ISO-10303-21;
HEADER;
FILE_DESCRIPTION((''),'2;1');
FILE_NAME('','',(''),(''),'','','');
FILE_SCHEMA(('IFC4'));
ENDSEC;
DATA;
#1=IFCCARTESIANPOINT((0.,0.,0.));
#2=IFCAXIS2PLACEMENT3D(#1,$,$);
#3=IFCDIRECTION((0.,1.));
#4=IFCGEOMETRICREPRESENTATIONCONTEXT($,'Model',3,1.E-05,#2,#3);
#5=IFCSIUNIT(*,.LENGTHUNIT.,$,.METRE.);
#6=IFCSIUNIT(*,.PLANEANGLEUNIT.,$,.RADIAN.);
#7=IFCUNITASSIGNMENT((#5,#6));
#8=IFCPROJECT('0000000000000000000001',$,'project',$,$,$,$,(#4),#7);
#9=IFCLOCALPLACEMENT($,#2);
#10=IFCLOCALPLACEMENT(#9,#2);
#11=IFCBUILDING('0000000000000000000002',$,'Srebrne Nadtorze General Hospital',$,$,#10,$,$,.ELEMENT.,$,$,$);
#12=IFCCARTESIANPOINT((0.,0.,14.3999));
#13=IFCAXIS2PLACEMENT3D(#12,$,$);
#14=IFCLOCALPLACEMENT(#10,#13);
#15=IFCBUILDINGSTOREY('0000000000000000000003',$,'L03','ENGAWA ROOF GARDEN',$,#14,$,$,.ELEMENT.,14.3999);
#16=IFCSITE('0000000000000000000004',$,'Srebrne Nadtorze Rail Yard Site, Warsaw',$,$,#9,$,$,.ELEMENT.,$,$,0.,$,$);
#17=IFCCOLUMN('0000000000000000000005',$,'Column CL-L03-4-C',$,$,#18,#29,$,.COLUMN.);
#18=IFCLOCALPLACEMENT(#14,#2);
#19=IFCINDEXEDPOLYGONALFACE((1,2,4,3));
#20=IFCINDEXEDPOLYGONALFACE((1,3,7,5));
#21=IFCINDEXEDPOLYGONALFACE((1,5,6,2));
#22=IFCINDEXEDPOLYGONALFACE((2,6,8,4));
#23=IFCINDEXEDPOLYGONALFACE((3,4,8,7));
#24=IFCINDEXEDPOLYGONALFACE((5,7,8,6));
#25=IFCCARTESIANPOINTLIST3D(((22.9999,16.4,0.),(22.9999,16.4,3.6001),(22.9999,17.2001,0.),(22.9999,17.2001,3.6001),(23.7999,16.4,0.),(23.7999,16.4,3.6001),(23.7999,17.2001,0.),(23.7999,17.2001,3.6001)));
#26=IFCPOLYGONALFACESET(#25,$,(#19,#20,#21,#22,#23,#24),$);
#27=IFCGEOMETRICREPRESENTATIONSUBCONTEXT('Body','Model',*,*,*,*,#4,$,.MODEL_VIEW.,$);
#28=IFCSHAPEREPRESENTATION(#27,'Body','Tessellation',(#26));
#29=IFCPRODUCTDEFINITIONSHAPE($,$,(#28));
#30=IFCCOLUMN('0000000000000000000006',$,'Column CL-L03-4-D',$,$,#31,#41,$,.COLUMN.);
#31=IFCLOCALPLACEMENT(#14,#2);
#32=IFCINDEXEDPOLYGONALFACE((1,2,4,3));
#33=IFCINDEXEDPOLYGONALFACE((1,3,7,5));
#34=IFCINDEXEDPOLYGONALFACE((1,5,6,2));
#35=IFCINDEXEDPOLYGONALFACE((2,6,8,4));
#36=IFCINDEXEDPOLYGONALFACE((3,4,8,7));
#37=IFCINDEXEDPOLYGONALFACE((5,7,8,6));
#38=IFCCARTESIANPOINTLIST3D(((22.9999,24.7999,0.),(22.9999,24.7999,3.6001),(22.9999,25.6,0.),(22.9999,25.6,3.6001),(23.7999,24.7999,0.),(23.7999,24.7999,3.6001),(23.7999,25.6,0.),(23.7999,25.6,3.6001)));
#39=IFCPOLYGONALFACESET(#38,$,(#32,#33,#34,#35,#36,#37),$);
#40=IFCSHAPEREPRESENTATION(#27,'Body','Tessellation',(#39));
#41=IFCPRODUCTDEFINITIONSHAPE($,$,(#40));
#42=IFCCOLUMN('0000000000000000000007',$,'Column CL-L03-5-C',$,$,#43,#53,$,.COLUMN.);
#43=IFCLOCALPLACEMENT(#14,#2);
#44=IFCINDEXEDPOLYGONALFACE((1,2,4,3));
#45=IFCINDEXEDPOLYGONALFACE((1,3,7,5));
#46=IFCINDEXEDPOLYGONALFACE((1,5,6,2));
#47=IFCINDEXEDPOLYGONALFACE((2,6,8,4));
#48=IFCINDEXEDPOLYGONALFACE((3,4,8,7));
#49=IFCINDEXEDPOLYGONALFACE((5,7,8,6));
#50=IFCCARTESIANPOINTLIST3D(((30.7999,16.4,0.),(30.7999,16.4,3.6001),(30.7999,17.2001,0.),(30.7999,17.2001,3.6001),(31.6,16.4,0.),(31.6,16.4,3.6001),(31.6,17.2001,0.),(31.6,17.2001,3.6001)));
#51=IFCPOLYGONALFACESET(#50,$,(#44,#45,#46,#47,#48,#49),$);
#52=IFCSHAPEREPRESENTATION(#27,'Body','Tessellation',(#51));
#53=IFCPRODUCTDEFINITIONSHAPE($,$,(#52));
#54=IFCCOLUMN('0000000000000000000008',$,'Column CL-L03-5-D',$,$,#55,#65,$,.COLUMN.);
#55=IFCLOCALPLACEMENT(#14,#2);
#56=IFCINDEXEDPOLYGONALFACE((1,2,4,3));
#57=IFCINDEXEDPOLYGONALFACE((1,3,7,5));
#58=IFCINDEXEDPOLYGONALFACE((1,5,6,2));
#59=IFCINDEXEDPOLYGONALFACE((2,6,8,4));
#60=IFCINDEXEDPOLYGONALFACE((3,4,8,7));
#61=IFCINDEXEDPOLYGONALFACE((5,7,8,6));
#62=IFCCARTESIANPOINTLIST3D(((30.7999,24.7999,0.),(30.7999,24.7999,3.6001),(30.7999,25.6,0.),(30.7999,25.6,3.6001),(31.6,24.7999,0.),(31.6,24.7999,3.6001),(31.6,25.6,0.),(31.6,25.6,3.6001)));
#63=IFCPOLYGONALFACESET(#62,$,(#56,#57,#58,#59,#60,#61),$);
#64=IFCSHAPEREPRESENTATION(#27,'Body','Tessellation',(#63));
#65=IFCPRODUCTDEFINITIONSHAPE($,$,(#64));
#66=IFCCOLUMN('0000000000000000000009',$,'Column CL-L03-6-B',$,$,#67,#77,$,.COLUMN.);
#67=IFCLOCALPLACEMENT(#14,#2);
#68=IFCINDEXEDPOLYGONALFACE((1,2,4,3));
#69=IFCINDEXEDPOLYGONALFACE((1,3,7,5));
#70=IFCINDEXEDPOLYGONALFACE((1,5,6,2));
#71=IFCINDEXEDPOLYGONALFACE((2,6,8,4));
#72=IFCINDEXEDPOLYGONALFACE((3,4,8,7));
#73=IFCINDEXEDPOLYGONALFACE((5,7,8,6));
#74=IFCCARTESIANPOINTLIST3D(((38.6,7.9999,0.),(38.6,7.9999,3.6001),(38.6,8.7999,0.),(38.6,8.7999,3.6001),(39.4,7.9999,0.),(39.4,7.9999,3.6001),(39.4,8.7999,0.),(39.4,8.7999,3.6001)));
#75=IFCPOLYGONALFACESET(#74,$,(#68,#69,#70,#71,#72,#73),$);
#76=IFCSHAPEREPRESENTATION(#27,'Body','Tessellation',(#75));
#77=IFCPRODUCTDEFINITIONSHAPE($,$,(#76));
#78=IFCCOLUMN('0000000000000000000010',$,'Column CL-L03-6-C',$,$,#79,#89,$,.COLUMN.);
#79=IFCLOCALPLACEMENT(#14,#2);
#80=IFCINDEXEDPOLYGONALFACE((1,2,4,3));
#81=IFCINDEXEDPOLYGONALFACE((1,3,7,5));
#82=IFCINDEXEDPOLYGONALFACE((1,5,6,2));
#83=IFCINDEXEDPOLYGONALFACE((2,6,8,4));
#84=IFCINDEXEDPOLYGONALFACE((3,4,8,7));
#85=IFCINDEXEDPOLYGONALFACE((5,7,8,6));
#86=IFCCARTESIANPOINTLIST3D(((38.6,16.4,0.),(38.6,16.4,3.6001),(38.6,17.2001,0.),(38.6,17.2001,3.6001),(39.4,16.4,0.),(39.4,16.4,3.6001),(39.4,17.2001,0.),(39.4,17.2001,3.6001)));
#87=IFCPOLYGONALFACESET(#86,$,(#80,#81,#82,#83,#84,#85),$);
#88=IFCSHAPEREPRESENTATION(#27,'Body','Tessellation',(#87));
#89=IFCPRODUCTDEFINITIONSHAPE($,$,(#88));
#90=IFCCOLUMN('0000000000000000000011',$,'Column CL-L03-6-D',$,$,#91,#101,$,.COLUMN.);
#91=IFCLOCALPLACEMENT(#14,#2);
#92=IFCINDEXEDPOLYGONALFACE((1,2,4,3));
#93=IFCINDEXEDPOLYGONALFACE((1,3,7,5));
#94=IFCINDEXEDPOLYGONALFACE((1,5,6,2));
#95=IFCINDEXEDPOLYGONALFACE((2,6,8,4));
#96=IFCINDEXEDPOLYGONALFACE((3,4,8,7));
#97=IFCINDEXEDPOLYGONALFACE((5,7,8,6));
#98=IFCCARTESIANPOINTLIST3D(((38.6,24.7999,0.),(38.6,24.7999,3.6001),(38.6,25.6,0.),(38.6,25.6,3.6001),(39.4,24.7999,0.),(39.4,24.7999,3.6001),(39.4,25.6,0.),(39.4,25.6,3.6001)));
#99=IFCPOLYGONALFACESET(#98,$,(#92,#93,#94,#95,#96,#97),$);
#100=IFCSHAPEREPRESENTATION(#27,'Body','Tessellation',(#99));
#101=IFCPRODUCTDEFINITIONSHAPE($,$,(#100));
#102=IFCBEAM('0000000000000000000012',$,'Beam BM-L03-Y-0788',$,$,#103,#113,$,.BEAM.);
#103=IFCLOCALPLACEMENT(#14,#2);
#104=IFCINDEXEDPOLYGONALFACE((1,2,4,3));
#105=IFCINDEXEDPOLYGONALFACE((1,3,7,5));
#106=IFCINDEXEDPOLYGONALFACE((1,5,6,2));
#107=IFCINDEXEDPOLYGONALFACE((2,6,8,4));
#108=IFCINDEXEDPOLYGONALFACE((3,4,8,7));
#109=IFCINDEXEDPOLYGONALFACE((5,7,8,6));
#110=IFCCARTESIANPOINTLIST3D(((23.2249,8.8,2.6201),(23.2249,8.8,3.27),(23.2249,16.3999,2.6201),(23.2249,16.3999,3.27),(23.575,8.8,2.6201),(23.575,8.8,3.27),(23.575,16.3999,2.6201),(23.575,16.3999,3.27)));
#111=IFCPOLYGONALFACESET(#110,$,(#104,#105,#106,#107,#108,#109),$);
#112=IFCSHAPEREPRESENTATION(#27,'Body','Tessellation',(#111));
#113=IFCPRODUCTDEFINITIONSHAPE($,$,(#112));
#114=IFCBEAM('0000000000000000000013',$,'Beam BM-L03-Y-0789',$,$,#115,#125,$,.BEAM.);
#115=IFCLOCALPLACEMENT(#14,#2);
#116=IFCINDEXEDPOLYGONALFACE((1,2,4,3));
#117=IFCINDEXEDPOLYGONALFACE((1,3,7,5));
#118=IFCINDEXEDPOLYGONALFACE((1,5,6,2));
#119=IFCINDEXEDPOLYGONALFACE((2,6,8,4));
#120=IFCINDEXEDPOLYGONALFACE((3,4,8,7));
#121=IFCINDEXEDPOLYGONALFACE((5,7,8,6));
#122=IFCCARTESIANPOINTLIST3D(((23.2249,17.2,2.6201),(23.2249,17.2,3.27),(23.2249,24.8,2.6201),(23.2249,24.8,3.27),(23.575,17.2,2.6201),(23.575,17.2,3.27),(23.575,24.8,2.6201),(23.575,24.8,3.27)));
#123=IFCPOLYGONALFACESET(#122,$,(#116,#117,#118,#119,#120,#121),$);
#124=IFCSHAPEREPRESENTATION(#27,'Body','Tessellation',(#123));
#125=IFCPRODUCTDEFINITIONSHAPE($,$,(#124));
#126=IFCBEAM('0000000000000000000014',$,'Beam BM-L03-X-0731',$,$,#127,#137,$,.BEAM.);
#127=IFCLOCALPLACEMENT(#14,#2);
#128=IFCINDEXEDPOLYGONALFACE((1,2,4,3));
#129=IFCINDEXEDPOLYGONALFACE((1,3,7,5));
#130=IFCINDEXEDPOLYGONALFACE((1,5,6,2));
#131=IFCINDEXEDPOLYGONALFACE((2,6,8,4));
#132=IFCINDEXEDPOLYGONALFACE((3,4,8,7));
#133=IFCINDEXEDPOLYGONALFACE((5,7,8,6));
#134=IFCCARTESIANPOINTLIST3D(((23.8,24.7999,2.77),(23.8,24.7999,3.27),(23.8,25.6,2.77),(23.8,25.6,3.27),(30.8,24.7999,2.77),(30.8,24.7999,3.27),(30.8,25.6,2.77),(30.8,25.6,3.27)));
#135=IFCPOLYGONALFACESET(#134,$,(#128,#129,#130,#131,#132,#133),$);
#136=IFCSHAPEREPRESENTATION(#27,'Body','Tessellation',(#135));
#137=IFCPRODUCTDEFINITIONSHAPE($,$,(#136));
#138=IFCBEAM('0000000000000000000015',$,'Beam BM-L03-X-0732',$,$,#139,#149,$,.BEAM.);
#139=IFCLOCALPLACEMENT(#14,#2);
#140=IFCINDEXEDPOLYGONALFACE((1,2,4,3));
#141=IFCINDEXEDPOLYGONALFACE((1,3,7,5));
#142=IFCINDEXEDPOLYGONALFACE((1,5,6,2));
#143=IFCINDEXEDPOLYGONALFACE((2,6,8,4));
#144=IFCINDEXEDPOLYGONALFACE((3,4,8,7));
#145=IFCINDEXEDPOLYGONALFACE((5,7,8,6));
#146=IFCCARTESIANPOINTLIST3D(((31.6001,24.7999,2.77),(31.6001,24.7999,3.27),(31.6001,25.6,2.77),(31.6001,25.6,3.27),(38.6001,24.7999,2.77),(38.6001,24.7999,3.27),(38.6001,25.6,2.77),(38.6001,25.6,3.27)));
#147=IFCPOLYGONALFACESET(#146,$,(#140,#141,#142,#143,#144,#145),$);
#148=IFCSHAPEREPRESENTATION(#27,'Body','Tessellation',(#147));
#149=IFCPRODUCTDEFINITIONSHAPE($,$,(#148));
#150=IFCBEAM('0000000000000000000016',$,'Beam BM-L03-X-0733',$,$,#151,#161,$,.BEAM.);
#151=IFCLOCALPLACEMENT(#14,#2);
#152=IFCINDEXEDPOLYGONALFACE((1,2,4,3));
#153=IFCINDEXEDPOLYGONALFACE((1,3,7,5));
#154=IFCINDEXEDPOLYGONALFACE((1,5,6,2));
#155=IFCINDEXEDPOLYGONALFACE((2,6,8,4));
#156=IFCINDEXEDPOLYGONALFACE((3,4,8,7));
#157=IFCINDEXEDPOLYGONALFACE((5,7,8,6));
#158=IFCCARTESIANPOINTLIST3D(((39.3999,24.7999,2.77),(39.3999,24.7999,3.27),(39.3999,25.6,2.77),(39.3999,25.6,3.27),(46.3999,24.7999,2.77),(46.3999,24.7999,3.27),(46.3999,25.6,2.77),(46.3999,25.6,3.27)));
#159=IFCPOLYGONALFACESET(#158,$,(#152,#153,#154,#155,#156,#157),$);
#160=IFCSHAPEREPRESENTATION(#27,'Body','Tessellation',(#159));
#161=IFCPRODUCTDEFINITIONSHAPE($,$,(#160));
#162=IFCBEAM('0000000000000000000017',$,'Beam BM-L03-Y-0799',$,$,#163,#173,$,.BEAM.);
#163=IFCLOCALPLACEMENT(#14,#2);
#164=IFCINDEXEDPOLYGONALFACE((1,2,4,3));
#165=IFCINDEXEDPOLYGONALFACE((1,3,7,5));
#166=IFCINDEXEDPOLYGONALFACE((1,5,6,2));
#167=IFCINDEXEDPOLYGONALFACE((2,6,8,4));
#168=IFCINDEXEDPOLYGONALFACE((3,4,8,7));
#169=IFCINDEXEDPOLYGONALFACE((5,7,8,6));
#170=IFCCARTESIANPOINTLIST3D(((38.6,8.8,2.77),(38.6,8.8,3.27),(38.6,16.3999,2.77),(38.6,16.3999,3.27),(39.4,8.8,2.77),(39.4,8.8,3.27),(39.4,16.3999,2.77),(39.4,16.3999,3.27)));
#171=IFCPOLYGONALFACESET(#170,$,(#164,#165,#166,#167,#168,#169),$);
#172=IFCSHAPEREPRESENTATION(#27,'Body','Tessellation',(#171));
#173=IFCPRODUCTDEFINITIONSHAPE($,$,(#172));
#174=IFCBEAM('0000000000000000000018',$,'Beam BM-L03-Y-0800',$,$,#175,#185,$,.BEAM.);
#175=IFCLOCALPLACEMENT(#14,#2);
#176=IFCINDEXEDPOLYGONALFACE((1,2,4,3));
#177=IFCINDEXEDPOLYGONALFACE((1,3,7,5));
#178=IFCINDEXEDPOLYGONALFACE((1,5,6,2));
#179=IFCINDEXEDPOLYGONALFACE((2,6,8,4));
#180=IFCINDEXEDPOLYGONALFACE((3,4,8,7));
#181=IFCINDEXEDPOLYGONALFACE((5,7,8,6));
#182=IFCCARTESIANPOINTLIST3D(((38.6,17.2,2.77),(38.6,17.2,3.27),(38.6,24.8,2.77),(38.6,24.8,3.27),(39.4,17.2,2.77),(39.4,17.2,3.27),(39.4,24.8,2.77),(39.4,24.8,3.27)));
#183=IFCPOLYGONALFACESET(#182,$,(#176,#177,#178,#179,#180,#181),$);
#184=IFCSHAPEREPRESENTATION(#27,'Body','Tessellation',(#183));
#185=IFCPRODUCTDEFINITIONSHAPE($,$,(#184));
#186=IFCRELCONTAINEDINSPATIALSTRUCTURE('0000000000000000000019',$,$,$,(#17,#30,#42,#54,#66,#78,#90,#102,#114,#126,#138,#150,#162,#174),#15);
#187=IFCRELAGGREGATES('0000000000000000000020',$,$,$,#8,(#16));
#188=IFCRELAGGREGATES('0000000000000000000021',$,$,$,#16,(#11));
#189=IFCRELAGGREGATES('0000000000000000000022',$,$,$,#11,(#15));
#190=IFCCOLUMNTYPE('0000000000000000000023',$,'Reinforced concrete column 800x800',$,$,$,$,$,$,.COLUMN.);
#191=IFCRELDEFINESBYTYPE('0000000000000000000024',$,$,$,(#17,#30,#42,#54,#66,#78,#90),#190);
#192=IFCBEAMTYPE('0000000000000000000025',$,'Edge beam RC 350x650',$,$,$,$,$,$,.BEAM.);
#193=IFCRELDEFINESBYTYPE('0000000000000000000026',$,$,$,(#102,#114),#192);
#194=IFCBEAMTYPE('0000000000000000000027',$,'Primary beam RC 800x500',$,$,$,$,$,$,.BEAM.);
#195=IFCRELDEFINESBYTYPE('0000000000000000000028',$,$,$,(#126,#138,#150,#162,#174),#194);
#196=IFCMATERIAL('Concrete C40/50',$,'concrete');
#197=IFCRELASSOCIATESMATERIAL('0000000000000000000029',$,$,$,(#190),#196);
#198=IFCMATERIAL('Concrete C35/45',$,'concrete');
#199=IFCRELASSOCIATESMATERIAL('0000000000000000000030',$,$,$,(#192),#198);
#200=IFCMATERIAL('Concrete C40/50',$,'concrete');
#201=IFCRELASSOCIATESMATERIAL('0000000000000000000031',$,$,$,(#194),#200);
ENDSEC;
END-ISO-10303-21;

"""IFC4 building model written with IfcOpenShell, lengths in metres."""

from ifc_helpers import new_model, si_unit, direction, frame, origin, origin_2d, place, context, subcontext, project, spatial, rectangle, extrude, material, material_profile, profile_set, type_object, element, save


model = new_model("IFC4")

# Units and contexts
model_context = context("Model", 3, precision=1e-05, world=origin(), true_north=direction((0.0, 1.0)))
body_context = subcontext(model_context, "Body", "Model", "MODEL_VIEW")
ifc_project = project(units=[si_unit("LENGTHUNIT", "METRE"), si_unit("PLANEANGLEUNIT", "RADIAN")], contexts=[model_context])

# Site, building, storey
site_placement = place(None, origin())
site = spatial("IfcSite", under=ifc_project, at=site_placement, Name="Srebrne Nadtorze Rail Yard Site, Warsaw", CompositionType="ELEMENT", RefElevation=0.0)
building_placement = place(site_placement, origin())
building = spatial("IfcBuilding", under=site, at=building_placement, Name="Srebrne Nadtorze General Hospital", CompositionType="ELEMENT")
storey_placement = place(building_placement, frame((0.0, 0.0, 14.3999)))
storey = spatial("IfcBuildingStorey", under=building, at=storey_placement, Name="L03", Description="ENGAWA ROOF GARDEN", CompositionType="ELEMENT", Elevation=14.3999)

# Columns
ifc_material_1 = material(Name="Concrete C40/50", Category="concrete")
ifc_material_profile_1 = material_profile(ifc_material_1, rectangle(XDim=0.8, YDim=0.8, at=origin_2d()), Name="RC-COL-800x800")
ifc_profile_set_1 = profile_set([ifc_material_profile_1], Name="Concrete C40/50")
column_type = type_object("IfcColumnType", Name="Reinforced concrete column 800x800", PredefinedType="COLUMN", material=ifc_profile_set_1)
for number, where, z_axis, x_axis, name in (
    (1, (23.3999, 16.8, 0.0), (0.0, 0.0, 1.0), (1.0, 0.0, 0.0), "Column CL-L03-4-C"),
    (2, (23.3999, 25.2, 0.0), (0.0, 0.0, 1.0), (1.0, 0.0, 0.0), "Column CL-L03-4-D"),
    (3, (31.2, 16.8, 0.0), (0.0, 0.0, 1.0), (1.0, 0.0, 0.0), "Column CL-L03-5-C"),
    (4, (31.2, 25.2, 0.0), (0.0, 0.0, 1.0), (1.0, 0.0, 0.0), "Column CL-L03-5-D"),
    (5, (39.0, 8.3999, 0.0), (0.0, 0.0, 1.0), (1.0, 0.0, 0.0), "Column CL-L03-6-B"),
    (6, (39.0, 16.8, 0.0), (0.0, 0.0, 1.0), (1.0, 0.0, 0.0), "Column CL-L03-6-C"),
    (7, (39.0, 25.2, 0.0), (0.0, 0.0, 1.0), (1.0, 0.0, 0.0), "Column CL-L03-6-D"),
):
    element("IfcColumn", number, at=place(storey_placement, frame(where, z_axis=z_axis, x_axis=x_axis)), inside=storey, type_object=column_type, Name=name, PredefinedType="COLUMN", context=body_context, shape_type="SweptSolid", body=[
        extrude(rectangle(XDim=0.8, YDim=0.8, at=origin_2d()), origin(), (0.0, 0.0, 1.0), 3.6001),
    ])

# Beams
ifc_material_2 = material(Name="Concrete C35/45", Category="concrete")
ifc_material_profile_2 = material_profile(ifc_material_2, rectangle(XDim=0.3501, YDim=0.6499, at=origin_2d()), Name="RC-BM-350x650")
ifc_profile_set_2 = profile_set([ifc_material_profile_2], Name="Concrete C35/45")
beam_type_1 = type_object("IfcBeamType", Name="Edge beam RC 350x650", PredefinedType="BEAM", material=ifc_profile_set_2)
beam_1_placement = place(storey_placement, frame((23.3999, 8.8, 2.9451), z_axis=(0.0, 1.0, 0.0), x_axis=(-1.0, 0.0, 0.0)))
element("IfcBeam", 8, at=beam_1_placement, inside=storey, type_object=beam_type_1, Name="Beam BM-L03-Y-0788", PredefinedType="BEAM", context=body_context, shape_type="SweptSolid", body=[
    extrude(rectangle(XDim=0.3501, YDim=0.6499, at=origin_2d()), origin(), (0.0, 0.0, 1.0), 7.5999),
])
beam_2_placement = place(storey_placement, frame((23.3999, 17.2, 2.9451), z_axis=(0.0, 1.0, 0.0), x_axis=(-1.0, 0.0, 0.0)))
element("IfcBeam", 9, at=beam_2_placement, inside=storey, type_object=beam_type_1, Name="Beam BM-L03-Y-0789", PredefinedType="BEAM", context=body_context, shape_type="SweptSolid", body=[
    extrude(rectangle(XDim=0.3501, YDim=0.6499, at=origin_2d()), origin(), (0.0, 0.0, 1.0), 7.6001),
])
ifc_material_3 = material(Name="Concrete C40/50", Category="concrete")
ifc_material_profile_3 = material_profile(ifc_material_3, rectangle(XDim=0.8, YDim=0.5, at=origin_2d()), Name="RC-BM-800x500")
ifc_profile_set_3 = profile_set([ifc_material_profile_3], Name="Concrete C40/50")
beam_type_2 = type_object("IfcBeamType", Name="Primary beam RC 800x500", PredefinedType="BEAM", material=ifc_profile_set_3)
for number, where, z_axis, x_axis, name in (
    (10, (23.8, 25.2, 3.02), (1.0, 0.0, 0.0), (0.0, 1.0, 0.0), "Beam BM-L03-X-0731"),
    (11, (31.6001, 25.2, 3.02), (1.0, 0.0, 0.0), (0.0, 1.0, 0.0), "Beam BM-L03-X-0732"),
    (12, (39.3999, 25.2, 3.02), (1.0, 0.0, 0.0), (0.0, 1.0, 0.0), "Beam BM-L03-X-0733"),
):
    element("IfcBeam", number, at=place(storey_placement, frame(where, z_axis=z_axis, x_axis=x_axis)), inside=storey, type_object=beam_type_2, Name=name, PredefinedType="BEAM", context=body_context, shape_type="SweptSolid", body=[
        extrude(rectangle(XDim=0.8, YDim=0.5, at=origin_2d()), origin(), (0.0, 0.0, 1.0), 7.0),
    ])
beam_3_placement = place(storey_placement, frame((39.0, 8.8, 3.02), z_axis=(0.0, 1.0, 0.0), x_axis=(-1.0, 0.0, 0.0)))
element("IfcBeam", 13, at=beam_3_placement, inside=storey, type_object=beam_type_2, Name="Beam BM-L03-Y-0799", PredefinedType="BEAM", context=body_context, shape_type="SweptSolid", body=[
    extrude(rectangle(XDim=0.8, YDim=0.5, at=origin_2d()), origin(), (0.0, 0.0, 1.0), 7.5999),
])
beam_4_placement = place(storey_placement, frame((39.0, 17.2, 3.02), z_axis=(0.0, 1.0, 0.0), x_axis=(-1.0, 0.0, 0.0)))
element("IfcBeam", 14, at=beam_4_placement, inside=storey, type_object=beam_type_2, Name="Beam BM-L03-Y-0800", PredefinedType="BEAM", context=body_context, shape_type="SweptSolid", body=[
    extrude(rectangle(XDim=0.8, YDim=0.5, at=origin_2d()), origin(), (0.0, 0.0, 1.0), 7.6001),
])

save(model, "model.ifc")
